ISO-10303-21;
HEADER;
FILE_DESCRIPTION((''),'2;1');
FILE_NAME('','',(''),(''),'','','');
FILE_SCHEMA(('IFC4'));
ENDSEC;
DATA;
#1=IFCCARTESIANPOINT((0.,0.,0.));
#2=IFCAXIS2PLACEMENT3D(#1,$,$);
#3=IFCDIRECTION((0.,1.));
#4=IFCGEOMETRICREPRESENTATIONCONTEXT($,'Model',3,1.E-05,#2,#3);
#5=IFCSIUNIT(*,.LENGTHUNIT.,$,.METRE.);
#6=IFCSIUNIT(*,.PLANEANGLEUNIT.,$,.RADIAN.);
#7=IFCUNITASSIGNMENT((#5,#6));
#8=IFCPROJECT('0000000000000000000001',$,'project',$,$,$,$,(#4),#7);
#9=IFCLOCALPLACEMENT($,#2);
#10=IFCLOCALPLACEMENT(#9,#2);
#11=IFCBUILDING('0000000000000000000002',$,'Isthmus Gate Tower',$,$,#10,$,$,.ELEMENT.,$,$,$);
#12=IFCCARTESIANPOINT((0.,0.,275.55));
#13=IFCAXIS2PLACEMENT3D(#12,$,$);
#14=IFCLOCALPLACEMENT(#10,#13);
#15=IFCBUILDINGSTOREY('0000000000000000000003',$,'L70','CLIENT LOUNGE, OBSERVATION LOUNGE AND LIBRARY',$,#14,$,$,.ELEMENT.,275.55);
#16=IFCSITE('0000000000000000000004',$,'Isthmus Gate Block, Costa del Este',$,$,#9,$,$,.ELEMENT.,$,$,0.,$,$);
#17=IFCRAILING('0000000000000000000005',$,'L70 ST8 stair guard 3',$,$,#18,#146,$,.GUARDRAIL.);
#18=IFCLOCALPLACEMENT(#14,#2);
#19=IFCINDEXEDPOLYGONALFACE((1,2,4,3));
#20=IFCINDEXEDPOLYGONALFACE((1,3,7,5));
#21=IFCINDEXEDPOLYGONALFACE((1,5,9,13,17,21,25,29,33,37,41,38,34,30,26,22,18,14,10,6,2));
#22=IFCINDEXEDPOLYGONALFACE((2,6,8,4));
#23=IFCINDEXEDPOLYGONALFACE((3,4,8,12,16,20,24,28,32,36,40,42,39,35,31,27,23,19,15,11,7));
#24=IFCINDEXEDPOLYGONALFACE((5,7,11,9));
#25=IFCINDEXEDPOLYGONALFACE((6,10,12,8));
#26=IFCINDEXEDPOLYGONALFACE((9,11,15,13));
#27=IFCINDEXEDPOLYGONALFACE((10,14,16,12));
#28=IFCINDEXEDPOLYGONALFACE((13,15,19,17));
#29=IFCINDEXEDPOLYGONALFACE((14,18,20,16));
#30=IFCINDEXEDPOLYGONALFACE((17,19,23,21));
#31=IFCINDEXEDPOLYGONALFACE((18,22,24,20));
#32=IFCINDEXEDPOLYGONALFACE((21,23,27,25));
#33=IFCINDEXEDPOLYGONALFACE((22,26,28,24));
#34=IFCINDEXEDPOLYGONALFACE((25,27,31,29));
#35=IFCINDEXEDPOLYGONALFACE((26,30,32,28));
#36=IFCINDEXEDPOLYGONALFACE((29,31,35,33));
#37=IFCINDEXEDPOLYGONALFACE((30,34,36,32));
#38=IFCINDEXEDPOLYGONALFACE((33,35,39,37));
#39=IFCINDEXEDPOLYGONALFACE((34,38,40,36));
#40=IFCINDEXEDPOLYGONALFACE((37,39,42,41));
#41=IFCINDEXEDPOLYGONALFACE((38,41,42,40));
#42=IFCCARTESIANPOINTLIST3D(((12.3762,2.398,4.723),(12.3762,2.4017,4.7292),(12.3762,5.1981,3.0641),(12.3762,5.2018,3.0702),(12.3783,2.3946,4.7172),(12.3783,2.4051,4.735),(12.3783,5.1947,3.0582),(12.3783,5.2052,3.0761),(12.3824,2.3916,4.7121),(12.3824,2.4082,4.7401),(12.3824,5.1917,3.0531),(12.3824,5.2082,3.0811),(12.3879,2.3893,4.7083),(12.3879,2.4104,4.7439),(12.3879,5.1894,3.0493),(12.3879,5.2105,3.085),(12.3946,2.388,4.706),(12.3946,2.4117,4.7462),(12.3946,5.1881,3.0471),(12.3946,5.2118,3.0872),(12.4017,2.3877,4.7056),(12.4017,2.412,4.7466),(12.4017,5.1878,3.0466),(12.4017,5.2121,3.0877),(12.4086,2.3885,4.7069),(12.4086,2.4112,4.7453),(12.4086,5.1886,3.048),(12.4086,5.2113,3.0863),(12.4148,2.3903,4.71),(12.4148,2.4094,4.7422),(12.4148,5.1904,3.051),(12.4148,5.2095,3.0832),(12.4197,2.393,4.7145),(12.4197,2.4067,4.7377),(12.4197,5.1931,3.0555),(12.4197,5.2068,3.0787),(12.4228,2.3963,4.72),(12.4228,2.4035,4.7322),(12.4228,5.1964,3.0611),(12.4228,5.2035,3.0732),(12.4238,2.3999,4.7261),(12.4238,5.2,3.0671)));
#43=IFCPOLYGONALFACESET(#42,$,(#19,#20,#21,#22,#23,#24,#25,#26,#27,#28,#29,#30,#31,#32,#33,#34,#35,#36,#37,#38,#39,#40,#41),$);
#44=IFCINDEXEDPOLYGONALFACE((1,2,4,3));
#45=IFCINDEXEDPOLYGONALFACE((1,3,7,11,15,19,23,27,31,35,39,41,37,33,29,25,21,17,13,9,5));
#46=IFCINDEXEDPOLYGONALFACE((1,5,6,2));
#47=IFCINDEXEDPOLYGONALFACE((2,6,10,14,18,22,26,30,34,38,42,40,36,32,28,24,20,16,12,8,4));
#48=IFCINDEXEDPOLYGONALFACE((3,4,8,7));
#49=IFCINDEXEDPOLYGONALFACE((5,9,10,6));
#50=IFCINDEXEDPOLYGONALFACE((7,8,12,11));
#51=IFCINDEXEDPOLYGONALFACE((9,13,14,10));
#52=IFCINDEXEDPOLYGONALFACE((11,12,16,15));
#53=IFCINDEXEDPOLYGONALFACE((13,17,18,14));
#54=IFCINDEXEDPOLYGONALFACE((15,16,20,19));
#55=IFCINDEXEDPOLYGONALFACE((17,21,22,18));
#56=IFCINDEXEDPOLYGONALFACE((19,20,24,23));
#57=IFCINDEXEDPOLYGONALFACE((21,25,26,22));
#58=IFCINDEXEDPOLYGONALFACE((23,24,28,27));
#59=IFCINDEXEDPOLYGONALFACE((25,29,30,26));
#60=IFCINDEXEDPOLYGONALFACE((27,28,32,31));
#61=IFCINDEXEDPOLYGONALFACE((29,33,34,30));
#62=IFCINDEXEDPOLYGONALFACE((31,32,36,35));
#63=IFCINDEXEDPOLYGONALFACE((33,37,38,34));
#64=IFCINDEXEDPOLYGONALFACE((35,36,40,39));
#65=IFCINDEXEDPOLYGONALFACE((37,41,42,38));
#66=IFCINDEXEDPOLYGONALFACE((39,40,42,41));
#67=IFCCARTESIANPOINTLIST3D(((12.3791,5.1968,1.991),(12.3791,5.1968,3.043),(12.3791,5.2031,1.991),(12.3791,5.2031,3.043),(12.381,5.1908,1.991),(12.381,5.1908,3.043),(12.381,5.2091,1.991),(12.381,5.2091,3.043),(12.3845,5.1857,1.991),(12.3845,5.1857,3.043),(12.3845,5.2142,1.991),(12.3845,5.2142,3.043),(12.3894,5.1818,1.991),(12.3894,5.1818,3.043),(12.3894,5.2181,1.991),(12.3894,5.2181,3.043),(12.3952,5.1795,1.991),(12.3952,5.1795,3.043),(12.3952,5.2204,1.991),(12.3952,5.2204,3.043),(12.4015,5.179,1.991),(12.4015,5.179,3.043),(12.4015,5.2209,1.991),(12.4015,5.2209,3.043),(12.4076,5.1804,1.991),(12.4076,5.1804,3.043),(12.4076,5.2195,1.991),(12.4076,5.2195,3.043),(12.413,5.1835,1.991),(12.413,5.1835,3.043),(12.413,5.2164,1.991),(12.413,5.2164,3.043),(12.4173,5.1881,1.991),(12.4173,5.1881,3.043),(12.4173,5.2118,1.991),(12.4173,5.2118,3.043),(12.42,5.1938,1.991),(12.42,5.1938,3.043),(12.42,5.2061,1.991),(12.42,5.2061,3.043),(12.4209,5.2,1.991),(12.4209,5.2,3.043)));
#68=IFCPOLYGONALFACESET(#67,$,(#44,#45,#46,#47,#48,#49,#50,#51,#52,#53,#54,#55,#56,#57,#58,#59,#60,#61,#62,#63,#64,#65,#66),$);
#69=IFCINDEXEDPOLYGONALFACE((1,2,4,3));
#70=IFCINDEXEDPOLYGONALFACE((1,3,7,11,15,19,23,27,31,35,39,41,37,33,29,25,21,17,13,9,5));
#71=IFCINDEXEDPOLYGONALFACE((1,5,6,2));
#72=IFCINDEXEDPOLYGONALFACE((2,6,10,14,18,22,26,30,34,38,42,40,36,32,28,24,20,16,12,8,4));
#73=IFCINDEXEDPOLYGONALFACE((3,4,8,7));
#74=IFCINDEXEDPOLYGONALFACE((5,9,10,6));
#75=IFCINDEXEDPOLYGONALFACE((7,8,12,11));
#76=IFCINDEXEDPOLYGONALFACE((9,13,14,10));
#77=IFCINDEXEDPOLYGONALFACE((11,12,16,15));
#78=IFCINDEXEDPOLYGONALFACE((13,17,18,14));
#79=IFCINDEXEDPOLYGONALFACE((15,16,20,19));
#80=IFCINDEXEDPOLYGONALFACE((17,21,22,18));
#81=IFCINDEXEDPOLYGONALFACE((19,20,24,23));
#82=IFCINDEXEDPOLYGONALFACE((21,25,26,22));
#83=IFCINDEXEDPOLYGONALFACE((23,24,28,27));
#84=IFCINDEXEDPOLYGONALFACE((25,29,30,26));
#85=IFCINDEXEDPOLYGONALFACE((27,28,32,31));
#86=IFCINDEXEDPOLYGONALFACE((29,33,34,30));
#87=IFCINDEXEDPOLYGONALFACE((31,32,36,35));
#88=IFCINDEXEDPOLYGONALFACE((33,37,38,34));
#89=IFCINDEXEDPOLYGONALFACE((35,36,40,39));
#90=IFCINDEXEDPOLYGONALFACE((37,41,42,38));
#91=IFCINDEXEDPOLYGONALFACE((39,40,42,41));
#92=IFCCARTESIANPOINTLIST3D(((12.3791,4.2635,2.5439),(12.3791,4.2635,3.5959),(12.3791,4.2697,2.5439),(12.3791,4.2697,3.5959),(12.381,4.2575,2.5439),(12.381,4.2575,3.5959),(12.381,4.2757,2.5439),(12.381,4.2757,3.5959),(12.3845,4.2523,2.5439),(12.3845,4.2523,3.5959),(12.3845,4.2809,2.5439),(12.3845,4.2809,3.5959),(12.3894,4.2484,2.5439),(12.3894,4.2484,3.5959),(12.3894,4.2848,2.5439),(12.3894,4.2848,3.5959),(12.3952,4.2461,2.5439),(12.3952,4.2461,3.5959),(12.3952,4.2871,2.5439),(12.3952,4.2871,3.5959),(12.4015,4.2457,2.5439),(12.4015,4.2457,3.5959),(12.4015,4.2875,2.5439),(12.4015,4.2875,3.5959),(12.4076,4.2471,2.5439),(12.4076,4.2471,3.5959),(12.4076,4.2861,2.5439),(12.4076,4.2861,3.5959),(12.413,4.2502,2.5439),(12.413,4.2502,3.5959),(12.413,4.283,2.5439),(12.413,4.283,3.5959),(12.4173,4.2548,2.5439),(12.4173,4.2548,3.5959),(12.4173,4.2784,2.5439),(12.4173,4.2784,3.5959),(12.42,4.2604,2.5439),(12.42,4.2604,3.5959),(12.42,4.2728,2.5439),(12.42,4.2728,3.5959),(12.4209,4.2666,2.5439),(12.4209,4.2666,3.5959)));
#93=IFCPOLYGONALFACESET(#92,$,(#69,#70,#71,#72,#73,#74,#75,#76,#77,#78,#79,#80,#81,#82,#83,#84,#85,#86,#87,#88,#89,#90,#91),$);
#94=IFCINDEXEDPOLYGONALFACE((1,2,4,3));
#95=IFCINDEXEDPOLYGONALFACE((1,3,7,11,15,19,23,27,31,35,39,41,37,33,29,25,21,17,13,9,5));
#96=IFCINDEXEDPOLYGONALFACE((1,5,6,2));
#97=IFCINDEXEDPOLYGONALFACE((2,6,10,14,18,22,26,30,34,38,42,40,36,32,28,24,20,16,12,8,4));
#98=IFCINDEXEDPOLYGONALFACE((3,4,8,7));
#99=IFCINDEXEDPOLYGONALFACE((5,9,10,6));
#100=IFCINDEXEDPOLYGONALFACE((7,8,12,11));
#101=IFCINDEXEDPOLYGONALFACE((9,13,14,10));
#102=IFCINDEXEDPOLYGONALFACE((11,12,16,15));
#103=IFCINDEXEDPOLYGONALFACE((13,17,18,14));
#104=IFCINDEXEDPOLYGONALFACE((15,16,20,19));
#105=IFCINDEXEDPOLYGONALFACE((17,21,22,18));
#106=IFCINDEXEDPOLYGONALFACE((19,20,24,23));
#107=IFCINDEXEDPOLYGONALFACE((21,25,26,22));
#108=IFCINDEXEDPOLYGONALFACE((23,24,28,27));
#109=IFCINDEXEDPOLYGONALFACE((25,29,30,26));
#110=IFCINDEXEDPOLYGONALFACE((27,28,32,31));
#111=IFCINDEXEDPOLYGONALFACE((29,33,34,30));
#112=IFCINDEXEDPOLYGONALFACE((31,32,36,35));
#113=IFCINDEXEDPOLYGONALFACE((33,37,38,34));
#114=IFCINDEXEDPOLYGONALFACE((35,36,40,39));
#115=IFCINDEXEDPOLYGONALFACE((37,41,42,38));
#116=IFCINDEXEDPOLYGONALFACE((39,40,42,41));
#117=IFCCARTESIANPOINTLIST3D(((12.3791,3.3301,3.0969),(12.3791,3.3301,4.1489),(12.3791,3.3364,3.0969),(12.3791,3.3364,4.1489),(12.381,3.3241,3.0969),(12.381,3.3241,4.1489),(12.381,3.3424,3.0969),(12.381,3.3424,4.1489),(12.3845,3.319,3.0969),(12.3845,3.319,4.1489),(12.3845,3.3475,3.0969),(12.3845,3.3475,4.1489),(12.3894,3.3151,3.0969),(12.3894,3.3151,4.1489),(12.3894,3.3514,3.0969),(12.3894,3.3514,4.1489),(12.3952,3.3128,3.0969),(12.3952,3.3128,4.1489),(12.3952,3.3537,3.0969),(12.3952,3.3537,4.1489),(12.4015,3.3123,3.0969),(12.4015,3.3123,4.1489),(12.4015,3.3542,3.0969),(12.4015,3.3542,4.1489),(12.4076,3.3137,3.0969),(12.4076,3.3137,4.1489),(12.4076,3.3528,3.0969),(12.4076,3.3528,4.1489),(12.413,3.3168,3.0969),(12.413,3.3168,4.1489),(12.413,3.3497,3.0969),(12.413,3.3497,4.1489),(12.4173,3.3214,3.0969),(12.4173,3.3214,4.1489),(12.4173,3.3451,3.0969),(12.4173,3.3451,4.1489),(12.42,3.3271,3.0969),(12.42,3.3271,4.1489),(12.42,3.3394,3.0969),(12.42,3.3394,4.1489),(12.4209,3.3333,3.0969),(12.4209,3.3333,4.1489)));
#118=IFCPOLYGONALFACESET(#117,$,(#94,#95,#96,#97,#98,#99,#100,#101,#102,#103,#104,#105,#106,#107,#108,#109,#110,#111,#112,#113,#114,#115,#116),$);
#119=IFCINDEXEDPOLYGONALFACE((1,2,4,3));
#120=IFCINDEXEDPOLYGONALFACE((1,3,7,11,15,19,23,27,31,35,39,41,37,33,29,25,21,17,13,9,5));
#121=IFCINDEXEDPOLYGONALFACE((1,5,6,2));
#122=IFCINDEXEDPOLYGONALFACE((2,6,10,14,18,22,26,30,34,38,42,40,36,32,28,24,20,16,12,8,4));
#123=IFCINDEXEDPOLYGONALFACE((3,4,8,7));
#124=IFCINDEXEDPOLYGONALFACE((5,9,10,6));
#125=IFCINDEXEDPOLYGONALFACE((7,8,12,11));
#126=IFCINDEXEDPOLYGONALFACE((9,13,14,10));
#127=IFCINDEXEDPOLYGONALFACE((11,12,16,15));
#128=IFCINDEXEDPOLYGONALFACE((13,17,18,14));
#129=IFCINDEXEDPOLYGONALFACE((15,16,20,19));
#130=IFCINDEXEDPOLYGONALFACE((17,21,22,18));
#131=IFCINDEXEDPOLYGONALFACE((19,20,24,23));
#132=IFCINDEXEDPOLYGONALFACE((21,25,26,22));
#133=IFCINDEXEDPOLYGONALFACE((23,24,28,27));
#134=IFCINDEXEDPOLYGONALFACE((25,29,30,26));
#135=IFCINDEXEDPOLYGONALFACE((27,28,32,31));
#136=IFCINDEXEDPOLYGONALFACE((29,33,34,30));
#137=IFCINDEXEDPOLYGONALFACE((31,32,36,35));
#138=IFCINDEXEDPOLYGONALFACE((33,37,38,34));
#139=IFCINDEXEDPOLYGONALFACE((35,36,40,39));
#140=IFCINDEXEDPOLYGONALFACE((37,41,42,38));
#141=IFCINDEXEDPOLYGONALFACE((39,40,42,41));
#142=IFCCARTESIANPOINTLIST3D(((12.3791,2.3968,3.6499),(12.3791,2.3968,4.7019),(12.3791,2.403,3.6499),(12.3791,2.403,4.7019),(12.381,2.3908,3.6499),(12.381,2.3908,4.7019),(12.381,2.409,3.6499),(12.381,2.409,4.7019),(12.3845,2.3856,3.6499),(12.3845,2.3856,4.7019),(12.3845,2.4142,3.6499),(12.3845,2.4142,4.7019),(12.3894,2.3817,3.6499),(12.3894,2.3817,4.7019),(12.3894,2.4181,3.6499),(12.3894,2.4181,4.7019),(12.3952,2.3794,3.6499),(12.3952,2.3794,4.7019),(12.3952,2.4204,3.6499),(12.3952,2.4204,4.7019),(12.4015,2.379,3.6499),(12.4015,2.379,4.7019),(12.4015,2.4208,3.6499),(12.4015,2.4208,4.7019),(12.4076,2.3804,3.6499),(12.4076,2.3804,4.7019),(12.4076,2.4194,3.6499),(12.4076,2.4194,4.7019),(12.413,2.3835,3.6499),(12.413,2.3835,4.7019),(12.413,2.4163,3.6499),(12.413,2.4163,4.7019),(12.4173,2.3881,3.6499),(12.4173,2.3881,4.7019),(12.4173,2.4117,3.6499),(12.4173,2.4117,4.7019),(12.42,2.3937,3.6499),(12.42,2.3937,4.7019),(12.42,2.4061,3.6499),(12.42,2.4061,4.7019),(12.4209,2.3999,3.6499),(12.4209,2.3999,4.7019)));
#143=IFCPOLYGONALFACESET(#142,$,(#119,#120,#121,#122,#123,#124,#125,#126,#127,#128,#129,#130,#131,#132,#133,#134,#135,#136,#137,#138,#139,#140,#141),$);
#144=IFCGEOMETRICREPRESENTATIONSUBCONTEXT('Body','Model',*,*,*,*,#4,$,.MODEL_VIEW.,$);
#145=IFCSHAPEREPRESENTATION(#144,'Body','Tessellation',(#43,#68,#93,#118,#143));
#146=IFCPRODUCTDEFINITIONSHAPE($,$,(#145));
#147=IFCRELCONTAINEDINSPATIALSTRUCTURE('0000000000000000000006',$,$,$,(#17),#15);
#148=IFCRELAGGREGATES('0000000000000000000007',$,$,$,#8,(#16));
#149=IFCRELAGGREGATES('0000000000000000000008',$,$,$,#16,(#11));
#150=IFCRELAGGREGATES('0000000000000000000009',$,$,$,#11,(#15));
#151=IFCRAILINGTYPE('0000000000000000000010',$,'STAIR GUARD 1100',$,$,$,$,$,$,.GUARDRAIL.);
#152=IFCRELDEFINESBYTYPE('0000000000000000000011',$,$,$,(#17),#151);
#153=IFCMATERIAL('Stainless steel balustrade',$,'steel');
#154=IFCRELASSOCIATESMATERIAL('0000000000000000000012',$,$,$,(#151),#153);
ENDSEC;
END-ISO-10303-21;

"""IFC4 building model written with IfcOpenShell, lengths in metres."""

from ifc_helpers import new_model, si_unit, direction, frame, origin, origin_2d, place, context, subcontext, project, spatial, circle, extrude, material, type_object, element, save


model = new_model("IFC4")

# Units and contexts
model_context = context("Model", 3, precision=1e-05, world=origin(), true_north=direction((0.0, 1.0)))
body_context = subcontext(model_context, "Body", "Model", "MODEL_VIEW")
ifc_project = project(units=[si_unit("LENGTHUNIT", "METRE"), si_unit("PLANEANGLEUNIT", "RADIAN")], contexts=[model_context])

# Site, building, storey
site_placement = place(None, origin())
site = spatial("IfcSite", under=ifc_project, at=site_placement, Name="Isthmus Gate Block, Costa del Este", CompositionType="ELEMENT", RefElevation=0.0)
building_placement = place(site_placement, origin())
building = spatial("IfcBuilding", under=site, at=building_placement, Name="Isthmus Gate Tower", CompositionType="ELEMENT")
storey_placement = place(building_placement, frame((0.0, 0.0, 275.55)))
storey = spatial("IfcBuildingStorey", under=building, at=storey_placement, Name="L70", Description="CLIENT LOUNGE, OBSERVATION LOUNGE AND LIBRARY", CompositionType="ELEMENT", Elevation=275.55)

# Railing
ifc_material_1 = material(Name="Stainless steel balustrade", Category="steel")
railing_type_1 = type_object("IfcRailingType", Name="STAIR GUARD 1100", PredefinedType="GUARDRAIL", material=ifc_material_1)
railing_1_placement = place(storey_placement, frame((12.3999, 5.2, 1.991)))
element("IfcRailing", 1, at=railing_1_placement, inside=storey, type_object=railing_type_1, Name="L70 ST8 stair guard 3", PredefinedType="GUARDRAIL", context=body_context, shape_type="SweptSolid", body=[
    extrude(circle(Radius=0.0239, at=origin_2d()), frame((0.0, 0.0, 1.0762), z_axis=(0.0, -0.860339, 0.509722), x_axis=(1.0, 0.0, 0.0)), (0.0, 0.0, 1.0), 3.2546),
    extrude(circle(Radius=0.021, at=origin_2d()), origin(), (0.0, 0.0, 1.0), 1.052),
    extrude(circle(Radius=0.021, at=origin_2d()), frame((0.0, -0.9333, 0.553)), (0.0, 0.0, 1.0), 1.052),
    extrude(circle(Radius=0.021, at=origin_2d()), frame((0.0, -1.8667, 1.106)), (0.0, 0.0, 1.0), 1.052),
    extrude(circle(Radius=0.021, at=origin_2d()), frame((0.0, -2.8, 1.6589)), (0.0, 0.0, 1.0), 1.052),
])

save(model, "model.ifc")
